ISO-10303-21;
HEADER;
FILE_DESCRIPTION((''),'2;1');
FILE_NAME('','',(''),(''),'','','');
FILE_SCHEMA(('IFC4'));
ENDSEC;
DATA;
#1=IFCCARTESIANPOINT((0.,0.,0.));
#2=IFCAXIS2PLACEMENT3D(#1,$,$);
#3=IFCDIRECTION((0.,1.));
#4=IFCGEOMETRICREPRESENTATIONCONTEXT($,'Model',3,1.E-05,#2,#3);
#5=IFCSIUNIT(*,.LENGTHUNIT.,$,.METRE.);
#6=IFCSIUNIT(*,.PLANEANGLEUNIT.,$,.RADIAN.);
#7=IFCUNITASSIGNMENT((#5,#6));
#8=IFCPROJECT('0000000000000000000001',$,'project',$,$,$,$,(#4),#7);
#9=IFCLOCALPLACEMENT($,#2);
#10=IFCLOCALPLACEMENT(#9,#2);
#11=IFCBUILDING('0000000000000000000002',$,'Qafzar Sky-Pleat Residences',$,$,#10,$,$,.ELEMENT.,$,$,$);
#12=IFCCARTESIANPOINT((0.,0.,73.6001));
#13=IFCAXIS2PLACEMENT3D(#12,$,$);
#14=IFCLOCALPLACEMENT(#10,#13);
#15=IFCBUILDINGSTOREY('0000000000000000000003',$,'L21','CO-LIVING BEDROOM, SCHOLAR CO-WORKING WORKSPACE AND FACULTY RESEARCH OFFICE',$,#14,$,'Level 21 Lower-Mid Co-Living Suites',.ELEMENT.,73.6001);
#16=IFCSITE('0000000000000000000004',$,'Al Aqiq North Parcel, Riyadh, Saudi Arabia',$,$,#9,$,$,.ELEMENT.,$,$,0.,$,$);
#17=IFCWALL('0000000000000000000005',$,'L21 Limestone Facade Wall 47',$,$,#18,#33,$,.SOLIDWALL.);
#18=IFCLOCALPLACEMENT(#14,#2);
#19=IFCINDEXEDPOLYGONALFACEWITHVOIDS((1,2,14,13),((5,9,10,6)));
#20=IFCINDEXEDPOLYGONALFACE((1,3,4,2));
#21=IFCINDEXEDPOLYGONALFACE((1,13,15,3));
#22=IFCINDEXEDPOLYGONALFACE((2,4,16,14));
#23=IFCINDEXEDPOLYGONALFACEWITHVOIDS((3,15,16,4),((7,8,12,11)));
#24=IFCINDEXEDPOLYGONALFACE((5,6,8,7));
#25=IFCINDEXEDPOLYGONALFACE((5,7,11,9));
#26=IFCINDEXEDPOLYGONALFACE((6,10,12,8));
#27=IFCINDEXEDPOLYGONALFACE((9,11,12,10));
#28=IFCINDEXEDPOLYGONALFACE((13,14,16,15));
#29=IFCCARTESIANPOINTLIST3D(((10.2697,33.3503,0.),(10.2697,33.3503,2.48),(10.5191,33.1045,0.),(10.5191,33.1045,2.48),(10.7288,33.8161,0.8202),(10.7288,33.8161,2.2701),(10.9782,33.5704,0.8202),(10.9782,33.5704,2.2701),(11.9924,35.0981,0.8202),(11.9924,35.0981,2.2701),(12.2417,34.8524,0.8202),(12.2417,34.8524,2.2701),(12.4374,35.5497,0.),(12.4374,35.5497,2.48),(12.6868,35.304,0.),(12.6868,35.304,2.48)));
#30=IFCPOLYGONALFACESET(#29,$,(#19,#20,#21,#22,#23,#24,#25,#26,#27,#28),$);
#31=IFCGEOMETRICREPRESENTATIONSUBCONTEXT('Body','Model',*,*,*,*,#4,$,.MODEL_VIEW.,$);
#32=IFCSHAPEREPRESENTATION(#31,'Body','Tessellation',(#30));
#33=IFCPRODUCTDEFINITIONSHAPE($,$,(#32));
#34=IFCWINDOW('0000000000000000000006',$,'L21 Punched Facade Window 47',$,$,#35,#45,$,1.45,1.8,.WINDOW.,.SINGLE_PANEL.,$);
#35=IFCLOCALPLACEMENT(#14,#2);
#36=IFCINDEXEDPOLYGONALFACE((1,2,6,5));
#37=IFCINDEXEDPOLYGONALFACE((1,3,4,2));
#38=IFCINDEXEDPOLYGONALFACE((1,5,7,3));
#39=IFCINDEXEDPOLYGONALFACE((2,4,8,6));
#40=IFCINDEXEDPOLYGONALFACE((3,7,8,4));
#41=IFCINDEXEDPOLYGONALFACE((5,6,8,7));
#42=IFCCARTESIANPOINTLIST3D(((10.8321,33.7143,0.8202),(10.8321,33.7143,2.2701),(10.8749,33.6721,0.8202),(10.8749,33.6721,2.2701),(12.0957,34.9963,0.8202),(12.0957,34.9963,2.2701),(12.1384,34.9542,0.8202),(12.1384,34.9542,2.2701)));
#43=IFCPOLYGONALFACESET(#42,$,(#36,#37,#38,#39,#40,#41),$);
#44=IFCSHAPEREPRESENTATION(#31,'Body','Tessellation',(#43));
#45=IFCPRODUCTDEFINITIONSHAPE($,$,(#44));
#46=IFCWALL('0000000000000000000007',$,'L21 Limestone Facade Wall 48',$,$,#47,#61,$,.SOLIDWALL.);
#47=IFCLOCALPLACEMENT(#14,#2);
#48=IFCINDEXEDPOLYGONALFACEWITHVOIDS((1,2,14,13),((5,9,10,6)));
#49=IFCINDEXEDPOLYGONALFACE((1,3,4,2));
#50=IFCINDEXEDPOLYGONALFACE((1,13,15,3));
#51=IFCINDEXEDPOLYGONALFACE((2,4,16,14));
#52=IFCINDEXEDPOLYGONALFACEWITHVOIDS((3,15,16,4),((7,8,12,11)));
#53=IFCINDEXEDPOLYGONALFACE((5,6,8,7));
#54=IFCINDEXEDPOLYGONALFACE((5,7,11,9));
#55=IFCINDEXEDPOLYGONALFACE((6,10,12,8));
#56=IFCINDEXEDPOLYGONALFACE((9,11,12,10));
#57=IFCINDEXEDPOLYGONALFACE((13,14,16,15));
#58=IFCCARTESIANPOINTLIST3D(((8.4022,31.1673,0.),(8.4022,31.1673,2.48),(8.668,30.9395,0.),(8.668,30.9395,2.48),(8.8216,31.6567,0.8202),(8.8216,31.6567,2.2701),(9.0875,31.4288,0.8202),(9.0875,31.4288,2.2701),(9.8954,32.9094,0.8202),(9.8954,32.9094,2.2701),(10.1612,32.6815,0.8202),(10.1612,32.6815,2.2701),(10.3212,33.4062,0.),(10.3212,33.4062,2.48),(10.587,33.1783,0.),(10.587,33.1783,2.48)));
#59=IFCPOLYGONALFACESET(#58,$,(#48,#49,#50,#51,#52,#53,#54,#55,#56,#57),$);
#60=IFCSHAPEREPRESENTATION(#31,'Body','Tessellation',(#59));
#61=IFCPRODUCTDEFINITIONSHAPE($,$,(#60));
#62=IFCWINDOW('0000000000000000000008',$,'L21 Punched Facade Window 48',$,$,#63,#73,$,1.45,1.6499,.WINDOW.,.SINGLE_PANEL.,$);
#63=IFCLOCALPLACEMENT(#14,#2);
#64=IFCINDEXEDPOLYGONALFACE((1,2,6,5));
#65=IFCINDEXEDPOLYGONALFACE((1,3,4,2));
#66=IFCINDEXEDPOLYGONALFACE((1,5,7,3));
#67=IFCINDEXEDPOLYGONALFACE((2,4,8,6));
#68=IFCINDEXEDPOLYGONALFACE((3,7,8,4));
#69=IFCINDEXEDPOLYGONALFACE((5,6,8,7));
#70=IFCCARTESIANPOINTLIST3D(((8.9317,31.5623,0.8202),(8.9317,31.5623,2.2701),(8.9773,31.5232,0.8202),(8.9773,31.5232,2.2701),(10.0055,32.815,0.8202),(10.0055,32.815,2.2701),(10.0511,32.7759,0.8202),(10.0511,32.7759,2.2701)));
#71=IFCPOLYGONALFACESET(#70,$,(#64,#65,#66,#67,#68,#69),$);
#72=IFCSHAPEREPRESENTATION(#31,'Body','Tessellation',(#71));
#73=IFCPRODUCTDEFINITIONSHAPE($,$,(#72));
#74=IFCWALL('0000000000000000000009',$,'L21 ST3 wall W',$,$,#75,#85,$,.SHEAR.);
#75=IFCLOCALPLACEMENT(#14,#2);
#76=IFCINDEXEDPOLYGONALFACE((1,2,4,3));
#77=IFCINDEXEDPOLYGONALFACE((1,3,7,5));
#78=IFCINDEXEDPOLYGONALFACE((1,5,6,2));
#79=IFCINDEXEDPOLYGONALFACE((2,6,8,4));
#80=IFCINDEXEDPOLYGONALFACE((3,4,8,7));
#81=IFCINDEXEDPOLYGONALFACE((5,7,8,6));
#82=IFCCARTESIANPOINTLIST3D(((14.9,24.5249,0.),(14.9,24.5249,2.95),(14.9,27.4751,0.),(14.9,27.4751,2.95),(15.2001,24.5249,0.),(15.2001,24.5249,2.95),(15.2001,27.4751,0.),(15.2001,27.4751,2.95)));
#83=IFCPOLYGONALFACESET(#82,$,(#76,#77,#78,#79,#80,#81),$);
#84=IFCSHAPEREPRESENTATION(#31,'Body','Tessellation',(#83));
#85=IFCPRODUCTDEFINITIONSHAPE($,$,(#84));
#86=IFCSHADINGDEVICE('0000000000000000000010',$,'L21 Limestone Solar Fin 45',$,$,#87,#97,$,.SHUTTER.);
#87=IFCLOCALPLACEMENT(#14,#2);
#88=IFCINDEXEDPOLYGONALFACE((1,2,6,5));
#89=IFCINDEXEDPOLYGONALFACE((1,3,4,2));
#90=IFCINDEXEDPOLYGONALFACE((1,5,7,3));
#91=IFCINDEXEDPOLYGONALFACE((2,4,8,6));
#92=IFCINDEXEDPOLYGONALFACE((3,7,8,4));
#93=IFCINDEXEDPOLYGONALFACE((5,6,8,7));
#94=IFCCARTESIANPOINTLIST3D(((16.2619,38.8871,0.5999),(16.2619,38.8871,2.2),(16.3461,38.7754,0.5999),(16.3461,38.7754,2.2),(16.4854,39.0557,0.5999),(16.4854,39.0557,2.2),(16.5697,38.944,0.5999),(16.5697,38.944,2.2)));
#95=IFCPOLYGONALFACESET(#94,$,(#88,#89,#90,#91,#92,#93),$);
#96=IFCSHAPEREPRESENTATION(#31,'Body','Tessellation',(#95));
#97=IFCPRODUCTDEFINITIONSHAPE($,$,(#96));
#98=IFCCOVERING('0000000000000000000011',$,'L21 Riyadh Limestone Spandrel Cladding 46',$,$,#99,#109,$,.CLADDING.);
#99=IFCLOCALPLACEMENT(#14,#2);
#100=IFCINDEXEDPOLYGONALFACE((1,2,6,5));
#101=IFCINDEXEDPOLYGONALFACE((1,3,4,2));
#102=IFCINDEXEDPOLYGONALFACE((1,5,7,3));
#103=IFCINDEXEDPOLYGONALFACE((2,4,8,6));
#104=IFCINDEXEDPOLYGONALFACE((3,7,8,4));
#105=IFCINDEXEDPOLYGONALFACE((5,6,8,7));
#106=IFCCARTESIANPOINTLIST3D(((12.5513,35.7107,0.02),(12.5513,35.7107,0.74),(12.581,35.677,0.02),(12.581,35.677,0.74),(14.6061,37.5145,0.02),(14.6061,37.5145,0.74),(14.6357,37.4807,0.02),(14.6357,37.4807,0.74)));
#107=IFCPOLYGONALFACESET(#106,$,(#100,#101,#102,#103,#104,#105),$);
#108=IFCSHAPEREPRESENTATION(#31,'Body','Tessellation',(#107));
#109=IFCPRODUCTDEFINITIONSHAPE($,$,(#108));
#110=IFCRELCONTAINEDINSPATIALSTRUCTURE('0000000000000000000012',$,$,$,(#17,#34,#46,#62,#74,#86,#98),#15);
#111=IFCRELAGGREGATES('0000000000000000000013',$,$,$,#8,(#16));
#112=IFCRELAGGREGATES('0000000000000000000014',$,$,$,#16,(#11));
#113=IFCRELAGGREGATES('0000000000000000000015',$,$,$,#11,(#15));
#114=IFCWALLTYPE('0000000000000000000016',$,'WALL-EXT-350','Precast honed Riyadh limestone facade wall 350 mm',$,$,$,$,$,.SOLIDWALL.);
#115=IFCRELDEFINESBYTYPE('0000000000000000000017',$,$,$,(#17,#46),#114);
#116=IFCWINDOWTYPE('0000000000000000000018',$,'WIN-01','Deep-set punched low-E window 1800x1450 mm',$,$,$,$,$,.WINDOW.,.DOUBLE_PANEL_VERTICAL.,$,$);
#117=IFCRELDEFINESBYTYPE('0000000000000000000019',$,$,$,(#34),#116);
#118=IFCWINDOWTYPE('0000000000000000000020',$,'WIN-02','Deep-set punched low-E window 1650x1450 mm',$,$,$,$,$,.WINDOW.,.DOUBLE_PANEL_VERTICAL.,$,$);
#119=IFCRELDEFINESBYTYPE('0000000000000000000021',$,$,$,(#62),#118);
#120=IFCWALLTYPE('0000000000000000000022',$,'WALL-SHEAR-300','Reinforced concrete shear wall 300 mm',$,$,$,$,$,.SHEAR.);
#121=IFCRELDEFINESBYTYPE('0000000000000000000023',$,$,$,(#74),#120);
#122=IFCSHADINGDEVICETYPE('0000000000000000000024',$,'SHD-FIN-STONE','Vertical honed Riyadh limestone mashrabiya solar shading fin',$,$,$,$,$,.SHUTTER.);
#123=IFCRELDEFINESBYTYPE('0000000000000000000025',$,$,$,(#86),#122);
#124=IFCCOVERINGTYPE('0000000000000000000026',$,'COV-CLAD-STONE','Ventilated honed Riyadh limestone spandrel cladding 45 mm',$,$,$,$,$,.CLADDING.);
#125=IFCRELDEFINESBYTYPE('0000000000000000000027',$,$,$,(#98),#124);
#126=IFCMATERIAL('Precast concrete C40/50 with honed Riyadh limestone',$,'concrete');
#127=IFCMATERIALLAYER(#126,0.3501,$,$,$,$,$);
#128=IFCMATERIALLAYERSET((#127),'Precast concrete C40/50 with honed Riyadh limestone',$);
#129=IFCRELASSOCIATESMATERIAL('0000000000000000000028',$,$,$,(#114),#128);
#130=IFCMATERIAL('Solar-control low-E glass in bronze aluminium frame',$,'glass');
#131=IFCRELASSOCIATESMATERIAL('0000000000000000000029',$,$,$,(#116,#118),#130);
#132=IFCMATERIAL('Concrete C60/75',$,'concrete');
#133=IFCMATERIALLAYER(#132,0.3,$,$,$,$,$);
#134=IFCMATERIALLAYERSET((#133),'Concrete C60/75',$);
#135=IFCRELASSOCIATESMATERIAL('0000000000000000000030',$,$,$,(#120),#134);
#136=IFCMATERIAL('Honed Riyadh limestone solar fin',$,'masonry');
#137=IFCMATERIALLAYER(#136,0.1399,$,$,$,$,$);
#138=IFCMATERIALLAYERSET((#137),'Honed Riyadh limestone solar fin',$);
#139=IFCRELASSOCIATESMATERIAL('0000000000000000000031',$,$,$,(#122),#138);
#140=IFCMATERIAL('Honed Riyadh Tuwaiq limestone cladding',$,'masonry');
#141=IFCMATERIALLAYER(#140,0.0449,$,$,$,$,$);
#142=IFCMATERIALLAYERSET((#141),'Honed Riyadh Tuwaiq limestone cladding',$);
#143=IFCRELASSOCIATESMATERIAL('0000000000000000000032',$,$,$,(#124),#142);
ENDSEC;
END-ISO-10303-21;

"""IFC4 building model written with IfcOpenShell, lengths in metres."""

from ifc_helpers import new_model, si_unit, direction, frame, frame_2d, origin, origin_2d, place, context, subcontext, project, spatial, rectangle, extrude, source, transform, mapped, material, layer, layer_set, type_object, element, fill, save


model = new_model("IFC4")

# Units and contexts
model_context = context("Model", 3, precision=1e-05, world=origin(), true_north=direction((0.0, 1.0)))
body_context = subcontext(model_context, "Body", "Model", "MODEL_VIEW")
ifc_project = project(units=[si_unit("LENGTHUNIT", "METRE"), si_unit("PLANEANGLEUNIT", "RADIAN")], contexts=[model_context])

# Site, building, storey
site_placement = place(None, origin())
site = spatial("IfcSite", under=ifc_project, at=site_placement, Name="Al Aqiq North Parcel, Riyadh, Saudi Arabia", CompositionType="ELEMENT", RefElevation=0.0)
building_placement = place(site_placement, origin())
building = spatial("IfcBuilding", under=site, at=building_placement, Name="Qafzar Sky-Pleat Residences", CompositionType="ELEMENT")
storey_placement = place(building_placement, frame((0.0, 0.0, 73.6001)))
storey = spatial("IfcBuildingStorey", under=building, at=storey_placement, Name="L21", Description="CO-LIVING BEDROOM, SCHOLAR CO-WORKING WORKSPACE AND FACULTY RESEARCH OFFICE", LongName="Level 21 Lower-Mid Co-Living Suites", CompositionType="ELEMENT", Elevation=73.6001)

# Shared definitions
ifc_material_1 = material(Name="Concrete C60/75", Category="concrete")

# Walls, openings, windows
ifc_material_2 = material(Name="Precast concrete C40/50 with honed Riyadh limestone", Category="concrete")
ifc_layer_1 = layer(ifc_material_2, 0.3501)
ifc_layer_set_1 = layer_set([ifc_layer_1], Name="Precast concrete C40/50 with honed Riyadh limestone")
wall_type_1 = type_object("IfcWallType", Name="WALL-EXT-350", Description="Precast honed Riyadh limestone facade wall 350 mm", PredefinedType="SOLIDWALL", material=ifc_layer_set_1)
ifc_material_3 = material(Name="Solar-control low-E glass in bronze aluminium frame", Category="glass")
window_type_1 = type_object("IfcWindowType", Name="WIN-01", Description="Deep-set punched low-E window 1800x1450 mm", PartitioningType="DOUBLE_PANEL_VERTICAL", PredefinedType="WINDOW", material=ifc_material_3)
shared_shape_1 = source(origin(), body_context, "Body", "SweptSolid", [
    extrude(rectangle(XDim=1.8, YDim=1.45, at=frame_2d((0.8999, 0.7251))), frame((0.0, 0.03, 0.0), z_axis=(0.0, -1.0, 0.0), x_axis=(1.0, 0.0, 0.0)), (0.0, 0.0, 1.0), 0.0601),
])
wall_1_placement = place(storey_placement, frame((12.562, 35.4268, 0.0), z_axis=(0.0, 0.0, 1.0), x_axis=(-0.701949, -0.712227, 0.0)))
wall_1 = element("IfcWall", 1, at=wall_1_placement, inside=storey, type_object=wall_type_1, Name="L21 Limestone Facade Wall 47", PredefinedType="SOLIDWALL", context=body_context, shape_type="SweptSolid", body=[
    extrude(rectangle(XDim=3.0881, YDim=0.3501, at=frame_2d((1.5439, 0.0))), origin(), (0.0, 0.0, 1.0), 2.48),
])
opening_1_placement = place(wall_1_placement, frame((0.634, 0.0, 0.8201)))
opening_1 = element("IfcOpeningElement", 2, at=opening_1_placement, cuts=wall_1, PredefinedType="OPENING", context=body_context, shape_type="SweptSolid", body=[
    extrude(rectangle(XDim=1.8, YDim=1.45, at=frame_2d((0.8999, 0.7251))), frame((0.0, 0.1851, 0.0), z_axis=(0.0, -1.0, 0.0), x_axis=(1.0, 0.0, 0.0)), (0.0, 0.0, 1.0), 0.3701),
])
window_1_placement = place(opening_1_placement, origin())
window_1 = element("IfcWindow", 3, at=window_1_placement, inside=storey, type_object=window_type_1, Name="L21 Punched Facade Window 47", OverallHeight=1.45, OverallWidth=1.8, PartitioningType="SINGLE_PANEL", PredefinedType="WINDOW", context=body_context, shape_type="MappedRepresentation", body=[
    mapped(shared_shape_1, transform((0.0, 0.0, 0.0), x_axis=(1.0, 0.0, 0.0), y_axis=(0.0, 1.0, 0.0), z_axis=(0.0, 0.0, 1.0), scale=1.0)),
])
fill(opening_1, window_1)
wall_2_placement = place(storey_placement, frame((10.4541, 33.2922, 0.0), z_axis=(0.0, 0.0, 1.0), x_axis=(-0.650791, -0.759257, 0.0)))
wall_2 = element("IfcWall", 4, at=wall_2_placement, inside=storey, type_object=wall_type_1, Name="L21 Limestone Facade Wall 48", PredefinedType="SOLIDWALL", context=body_context, shape_type="SweptSolid", body=[
    extrude(rectangle(XDim=2.9487, YDim=0.3501, at=frame_2d((1.4744, 0.0))), origin(), (0.0, 0.0, 1.0), 2.48),
])
opening_2_placement = place(wall_2_placement, frame((0.6543, 0.0, 0.8201)))
opening_2 = element("IfcOpeningElement", 5, at=opening_2_placement, cuts=wall_2, PredefinedType="OPENING", context=body_context, shape_type="SweptSolid", body=[
    extrude(rectangle(XDim=1.6499, YDim=1.45, at=frame_2d((0.825, 0.7251))), frame((0.0, 0.1851, 0.0), z_axis=(0.0, -1.0, 0.0), x_axis=(1.0, 0.0, 0.0)), (0.0, 0.0, 1.0), 0.3701),
])
window_type_2 = type_object("IfcWindowType", Name="WIN-02", Description="Deep-set punched low-E window 1650x1450 mm", PartitioningType="DOUBLE_PANEL_VERTICAL", PredefinedType="WINDOW", material=ifc_material_3)
shared_shape_2 = source(origin(), body_context, "Body", "SweptSolid", [
    extrude(rectangle(XDim=1.6499, YDim=1.45, at=frame_2d((0.825, 0.7251))), frame((0.0, 0.03, 0.0), z_axis=(0.0, -1.0, 0.0), x_axis=(1.0, 0.0, 0.0)), (0.0, 0.0, 1.0), 0.0601),
])
window_2_placement = place(opening_2_placement, origin())
window_2 = element("IfcWindow", 6, at=window_2_placement, inside=storey, type_object=window_type_2, Name="L21 Punched Facade Window 48", OverallHeight=1.45, OverallWidth=1.6499, PartitioningType="SINGLE_PANEL", PredefinedType="WINDOW", context=body_context, shape_type="MappedRepresentation", body=[
    mapped(shared_shape_2, transform((0.0, 0.0, 0.0), x_axis=(1.0, 0.0, 0.0), y_axis=(0.0, 1.0, 0.0), z_axis=(0.0, 0.0, 1.0), scale=1.0)),
])
fill(opening_2, window_2)

# Wall
ifc_layer_2 = layer(ifc_material_1, 0.3)
ifc_layer_set_2 = layer_set([ifc_layer_2], Name="Concrete C60/75")
wall_type_2 = type_object("IfcWallType", Name="WALL-SHEAR-300", Description="Reinforced concrete shear wall 300 mm", PredefinedType="SHEAR", material=ifc_layer_set_2)
wall_3_placement = place(storey_placement, frame((15.05, 27.4751, 0.0), z_axis=(0.0, 0.0, 1.0), x_axis=(0.0, -1.0, 0.0)))
element("IfcWall", 7, at=wall_3_placement, inside=storey, type_object=wall_type_2, Name="L21 ST3 wall W", PredefinedType="SHEAR", context=body_context, shape_type="SweptSolid", body=[
    extrude(rectangle(XDim=2.9502, YDim=0.3, at=frame_2d((1.4751, 0.0))), origin(), (0.0, 0.0, 1.0), 2.95),
])

# Shading device
ifc_material_4 = material(Name="Honed Riyadh limestone solar fin", Category="masonry")
ifc_layer_3 = layer(ifc_material_4, 0.1399)
ifc_layer_set_3 = layer_set([ifc_layer_3], Name="Honed Riyadh limestone solar fin")
shading_device_type = type_object("IfcShadingDeviceType", Name="SHD-FIN-STONE", Description="Vertical honed Riyadh limestone mashrabiya solar shading fin", PredefinedType="SHUTTER", material=ifc_layer_set_3)
shared_shape_3 = source(origin(), body_context, "Body", "SweptSolid", [
    extrude(rectangle(XDim=0.1399, YDim=0.28, at=origin_2d()), origin(), (0.0, 0.0, 1.0), 1.6001),
])
shading_device_placement = place(storey_placement, frame((16.4158, 38.9155, 0.5999), z_axis=(0.0, 0.0, 1.0), x_axis=(-0.602146, 0.798386, 0.0)))
element("IfcShadingDevice", 8, at=shading_device_placement, inside=storey, type_object=shading_device_type, Name="L21 Limestone Solar Fin 45", PredefinedType="SHUTTER", context=body_context, shape_type="MappedRepresentation", body=[
    mapped(shared_shape_3, transform((0.0, 0.0, 0.0), x_axis=(1.0, 0.0, 0.0), y_axis=(0.0, 1.0, 0.0), z_axis=(0.0, 0.0, 1.0), scale=1.0)),
])

# Covering
ifc_material_5 = material(Name="Honed Riyadh Tuwaiq limestone cladding", Category="masonry")
ifc_layer_4 = layer(ifc_material_5, 0.0449)
ifc_layer_set_4 = layer_set([ifc_layer_4], Name="Honed Riyadh Tuwaiq limestone cladding")
covering_type = type_object("IfcCoveringType", Name="COV-CLAD-STONE", Description="Ventilated honed Riyadh limestone spandrel cladding 45 mm", PredefinedType="CLADDING", material=ifc_layer_set_4)
shared_shape_4 = source(origin(), body_context, "Body", "SweptSolid", [
    extrude(rectangle(XDim=2.7341, YDim=0.0449, at=origin_2d()), origin(), (0.0, 0.0, 1.0), 0.72),
])
covering_placement = place(storey_placement, frame((13.5935, 36.5957, 0.02), z_axis=(0.0, 0.0, 1.0), x_axis=(-0.751517, -0.659713, 0.0)))
element("IfcCovering", 9, at=covering_placement, inside=storey, type_object=covering_type, Name="L21 Riyadh Limestone Spandrel Cladding 46", PredefinedType="CLADDING", context=body_context, shape_type="MappedRepresentation", body=[
    mapped(shared_shape_4, transform((0.0, 0.0, 0.0), x_axis=(1.0, 0.0, 0.0), y_axis=(0.0, 1.0, 0.0), z_axis=(0.0, 0.0, 1.0), scale=1.0)),
])

save(model, "model.ifc")
